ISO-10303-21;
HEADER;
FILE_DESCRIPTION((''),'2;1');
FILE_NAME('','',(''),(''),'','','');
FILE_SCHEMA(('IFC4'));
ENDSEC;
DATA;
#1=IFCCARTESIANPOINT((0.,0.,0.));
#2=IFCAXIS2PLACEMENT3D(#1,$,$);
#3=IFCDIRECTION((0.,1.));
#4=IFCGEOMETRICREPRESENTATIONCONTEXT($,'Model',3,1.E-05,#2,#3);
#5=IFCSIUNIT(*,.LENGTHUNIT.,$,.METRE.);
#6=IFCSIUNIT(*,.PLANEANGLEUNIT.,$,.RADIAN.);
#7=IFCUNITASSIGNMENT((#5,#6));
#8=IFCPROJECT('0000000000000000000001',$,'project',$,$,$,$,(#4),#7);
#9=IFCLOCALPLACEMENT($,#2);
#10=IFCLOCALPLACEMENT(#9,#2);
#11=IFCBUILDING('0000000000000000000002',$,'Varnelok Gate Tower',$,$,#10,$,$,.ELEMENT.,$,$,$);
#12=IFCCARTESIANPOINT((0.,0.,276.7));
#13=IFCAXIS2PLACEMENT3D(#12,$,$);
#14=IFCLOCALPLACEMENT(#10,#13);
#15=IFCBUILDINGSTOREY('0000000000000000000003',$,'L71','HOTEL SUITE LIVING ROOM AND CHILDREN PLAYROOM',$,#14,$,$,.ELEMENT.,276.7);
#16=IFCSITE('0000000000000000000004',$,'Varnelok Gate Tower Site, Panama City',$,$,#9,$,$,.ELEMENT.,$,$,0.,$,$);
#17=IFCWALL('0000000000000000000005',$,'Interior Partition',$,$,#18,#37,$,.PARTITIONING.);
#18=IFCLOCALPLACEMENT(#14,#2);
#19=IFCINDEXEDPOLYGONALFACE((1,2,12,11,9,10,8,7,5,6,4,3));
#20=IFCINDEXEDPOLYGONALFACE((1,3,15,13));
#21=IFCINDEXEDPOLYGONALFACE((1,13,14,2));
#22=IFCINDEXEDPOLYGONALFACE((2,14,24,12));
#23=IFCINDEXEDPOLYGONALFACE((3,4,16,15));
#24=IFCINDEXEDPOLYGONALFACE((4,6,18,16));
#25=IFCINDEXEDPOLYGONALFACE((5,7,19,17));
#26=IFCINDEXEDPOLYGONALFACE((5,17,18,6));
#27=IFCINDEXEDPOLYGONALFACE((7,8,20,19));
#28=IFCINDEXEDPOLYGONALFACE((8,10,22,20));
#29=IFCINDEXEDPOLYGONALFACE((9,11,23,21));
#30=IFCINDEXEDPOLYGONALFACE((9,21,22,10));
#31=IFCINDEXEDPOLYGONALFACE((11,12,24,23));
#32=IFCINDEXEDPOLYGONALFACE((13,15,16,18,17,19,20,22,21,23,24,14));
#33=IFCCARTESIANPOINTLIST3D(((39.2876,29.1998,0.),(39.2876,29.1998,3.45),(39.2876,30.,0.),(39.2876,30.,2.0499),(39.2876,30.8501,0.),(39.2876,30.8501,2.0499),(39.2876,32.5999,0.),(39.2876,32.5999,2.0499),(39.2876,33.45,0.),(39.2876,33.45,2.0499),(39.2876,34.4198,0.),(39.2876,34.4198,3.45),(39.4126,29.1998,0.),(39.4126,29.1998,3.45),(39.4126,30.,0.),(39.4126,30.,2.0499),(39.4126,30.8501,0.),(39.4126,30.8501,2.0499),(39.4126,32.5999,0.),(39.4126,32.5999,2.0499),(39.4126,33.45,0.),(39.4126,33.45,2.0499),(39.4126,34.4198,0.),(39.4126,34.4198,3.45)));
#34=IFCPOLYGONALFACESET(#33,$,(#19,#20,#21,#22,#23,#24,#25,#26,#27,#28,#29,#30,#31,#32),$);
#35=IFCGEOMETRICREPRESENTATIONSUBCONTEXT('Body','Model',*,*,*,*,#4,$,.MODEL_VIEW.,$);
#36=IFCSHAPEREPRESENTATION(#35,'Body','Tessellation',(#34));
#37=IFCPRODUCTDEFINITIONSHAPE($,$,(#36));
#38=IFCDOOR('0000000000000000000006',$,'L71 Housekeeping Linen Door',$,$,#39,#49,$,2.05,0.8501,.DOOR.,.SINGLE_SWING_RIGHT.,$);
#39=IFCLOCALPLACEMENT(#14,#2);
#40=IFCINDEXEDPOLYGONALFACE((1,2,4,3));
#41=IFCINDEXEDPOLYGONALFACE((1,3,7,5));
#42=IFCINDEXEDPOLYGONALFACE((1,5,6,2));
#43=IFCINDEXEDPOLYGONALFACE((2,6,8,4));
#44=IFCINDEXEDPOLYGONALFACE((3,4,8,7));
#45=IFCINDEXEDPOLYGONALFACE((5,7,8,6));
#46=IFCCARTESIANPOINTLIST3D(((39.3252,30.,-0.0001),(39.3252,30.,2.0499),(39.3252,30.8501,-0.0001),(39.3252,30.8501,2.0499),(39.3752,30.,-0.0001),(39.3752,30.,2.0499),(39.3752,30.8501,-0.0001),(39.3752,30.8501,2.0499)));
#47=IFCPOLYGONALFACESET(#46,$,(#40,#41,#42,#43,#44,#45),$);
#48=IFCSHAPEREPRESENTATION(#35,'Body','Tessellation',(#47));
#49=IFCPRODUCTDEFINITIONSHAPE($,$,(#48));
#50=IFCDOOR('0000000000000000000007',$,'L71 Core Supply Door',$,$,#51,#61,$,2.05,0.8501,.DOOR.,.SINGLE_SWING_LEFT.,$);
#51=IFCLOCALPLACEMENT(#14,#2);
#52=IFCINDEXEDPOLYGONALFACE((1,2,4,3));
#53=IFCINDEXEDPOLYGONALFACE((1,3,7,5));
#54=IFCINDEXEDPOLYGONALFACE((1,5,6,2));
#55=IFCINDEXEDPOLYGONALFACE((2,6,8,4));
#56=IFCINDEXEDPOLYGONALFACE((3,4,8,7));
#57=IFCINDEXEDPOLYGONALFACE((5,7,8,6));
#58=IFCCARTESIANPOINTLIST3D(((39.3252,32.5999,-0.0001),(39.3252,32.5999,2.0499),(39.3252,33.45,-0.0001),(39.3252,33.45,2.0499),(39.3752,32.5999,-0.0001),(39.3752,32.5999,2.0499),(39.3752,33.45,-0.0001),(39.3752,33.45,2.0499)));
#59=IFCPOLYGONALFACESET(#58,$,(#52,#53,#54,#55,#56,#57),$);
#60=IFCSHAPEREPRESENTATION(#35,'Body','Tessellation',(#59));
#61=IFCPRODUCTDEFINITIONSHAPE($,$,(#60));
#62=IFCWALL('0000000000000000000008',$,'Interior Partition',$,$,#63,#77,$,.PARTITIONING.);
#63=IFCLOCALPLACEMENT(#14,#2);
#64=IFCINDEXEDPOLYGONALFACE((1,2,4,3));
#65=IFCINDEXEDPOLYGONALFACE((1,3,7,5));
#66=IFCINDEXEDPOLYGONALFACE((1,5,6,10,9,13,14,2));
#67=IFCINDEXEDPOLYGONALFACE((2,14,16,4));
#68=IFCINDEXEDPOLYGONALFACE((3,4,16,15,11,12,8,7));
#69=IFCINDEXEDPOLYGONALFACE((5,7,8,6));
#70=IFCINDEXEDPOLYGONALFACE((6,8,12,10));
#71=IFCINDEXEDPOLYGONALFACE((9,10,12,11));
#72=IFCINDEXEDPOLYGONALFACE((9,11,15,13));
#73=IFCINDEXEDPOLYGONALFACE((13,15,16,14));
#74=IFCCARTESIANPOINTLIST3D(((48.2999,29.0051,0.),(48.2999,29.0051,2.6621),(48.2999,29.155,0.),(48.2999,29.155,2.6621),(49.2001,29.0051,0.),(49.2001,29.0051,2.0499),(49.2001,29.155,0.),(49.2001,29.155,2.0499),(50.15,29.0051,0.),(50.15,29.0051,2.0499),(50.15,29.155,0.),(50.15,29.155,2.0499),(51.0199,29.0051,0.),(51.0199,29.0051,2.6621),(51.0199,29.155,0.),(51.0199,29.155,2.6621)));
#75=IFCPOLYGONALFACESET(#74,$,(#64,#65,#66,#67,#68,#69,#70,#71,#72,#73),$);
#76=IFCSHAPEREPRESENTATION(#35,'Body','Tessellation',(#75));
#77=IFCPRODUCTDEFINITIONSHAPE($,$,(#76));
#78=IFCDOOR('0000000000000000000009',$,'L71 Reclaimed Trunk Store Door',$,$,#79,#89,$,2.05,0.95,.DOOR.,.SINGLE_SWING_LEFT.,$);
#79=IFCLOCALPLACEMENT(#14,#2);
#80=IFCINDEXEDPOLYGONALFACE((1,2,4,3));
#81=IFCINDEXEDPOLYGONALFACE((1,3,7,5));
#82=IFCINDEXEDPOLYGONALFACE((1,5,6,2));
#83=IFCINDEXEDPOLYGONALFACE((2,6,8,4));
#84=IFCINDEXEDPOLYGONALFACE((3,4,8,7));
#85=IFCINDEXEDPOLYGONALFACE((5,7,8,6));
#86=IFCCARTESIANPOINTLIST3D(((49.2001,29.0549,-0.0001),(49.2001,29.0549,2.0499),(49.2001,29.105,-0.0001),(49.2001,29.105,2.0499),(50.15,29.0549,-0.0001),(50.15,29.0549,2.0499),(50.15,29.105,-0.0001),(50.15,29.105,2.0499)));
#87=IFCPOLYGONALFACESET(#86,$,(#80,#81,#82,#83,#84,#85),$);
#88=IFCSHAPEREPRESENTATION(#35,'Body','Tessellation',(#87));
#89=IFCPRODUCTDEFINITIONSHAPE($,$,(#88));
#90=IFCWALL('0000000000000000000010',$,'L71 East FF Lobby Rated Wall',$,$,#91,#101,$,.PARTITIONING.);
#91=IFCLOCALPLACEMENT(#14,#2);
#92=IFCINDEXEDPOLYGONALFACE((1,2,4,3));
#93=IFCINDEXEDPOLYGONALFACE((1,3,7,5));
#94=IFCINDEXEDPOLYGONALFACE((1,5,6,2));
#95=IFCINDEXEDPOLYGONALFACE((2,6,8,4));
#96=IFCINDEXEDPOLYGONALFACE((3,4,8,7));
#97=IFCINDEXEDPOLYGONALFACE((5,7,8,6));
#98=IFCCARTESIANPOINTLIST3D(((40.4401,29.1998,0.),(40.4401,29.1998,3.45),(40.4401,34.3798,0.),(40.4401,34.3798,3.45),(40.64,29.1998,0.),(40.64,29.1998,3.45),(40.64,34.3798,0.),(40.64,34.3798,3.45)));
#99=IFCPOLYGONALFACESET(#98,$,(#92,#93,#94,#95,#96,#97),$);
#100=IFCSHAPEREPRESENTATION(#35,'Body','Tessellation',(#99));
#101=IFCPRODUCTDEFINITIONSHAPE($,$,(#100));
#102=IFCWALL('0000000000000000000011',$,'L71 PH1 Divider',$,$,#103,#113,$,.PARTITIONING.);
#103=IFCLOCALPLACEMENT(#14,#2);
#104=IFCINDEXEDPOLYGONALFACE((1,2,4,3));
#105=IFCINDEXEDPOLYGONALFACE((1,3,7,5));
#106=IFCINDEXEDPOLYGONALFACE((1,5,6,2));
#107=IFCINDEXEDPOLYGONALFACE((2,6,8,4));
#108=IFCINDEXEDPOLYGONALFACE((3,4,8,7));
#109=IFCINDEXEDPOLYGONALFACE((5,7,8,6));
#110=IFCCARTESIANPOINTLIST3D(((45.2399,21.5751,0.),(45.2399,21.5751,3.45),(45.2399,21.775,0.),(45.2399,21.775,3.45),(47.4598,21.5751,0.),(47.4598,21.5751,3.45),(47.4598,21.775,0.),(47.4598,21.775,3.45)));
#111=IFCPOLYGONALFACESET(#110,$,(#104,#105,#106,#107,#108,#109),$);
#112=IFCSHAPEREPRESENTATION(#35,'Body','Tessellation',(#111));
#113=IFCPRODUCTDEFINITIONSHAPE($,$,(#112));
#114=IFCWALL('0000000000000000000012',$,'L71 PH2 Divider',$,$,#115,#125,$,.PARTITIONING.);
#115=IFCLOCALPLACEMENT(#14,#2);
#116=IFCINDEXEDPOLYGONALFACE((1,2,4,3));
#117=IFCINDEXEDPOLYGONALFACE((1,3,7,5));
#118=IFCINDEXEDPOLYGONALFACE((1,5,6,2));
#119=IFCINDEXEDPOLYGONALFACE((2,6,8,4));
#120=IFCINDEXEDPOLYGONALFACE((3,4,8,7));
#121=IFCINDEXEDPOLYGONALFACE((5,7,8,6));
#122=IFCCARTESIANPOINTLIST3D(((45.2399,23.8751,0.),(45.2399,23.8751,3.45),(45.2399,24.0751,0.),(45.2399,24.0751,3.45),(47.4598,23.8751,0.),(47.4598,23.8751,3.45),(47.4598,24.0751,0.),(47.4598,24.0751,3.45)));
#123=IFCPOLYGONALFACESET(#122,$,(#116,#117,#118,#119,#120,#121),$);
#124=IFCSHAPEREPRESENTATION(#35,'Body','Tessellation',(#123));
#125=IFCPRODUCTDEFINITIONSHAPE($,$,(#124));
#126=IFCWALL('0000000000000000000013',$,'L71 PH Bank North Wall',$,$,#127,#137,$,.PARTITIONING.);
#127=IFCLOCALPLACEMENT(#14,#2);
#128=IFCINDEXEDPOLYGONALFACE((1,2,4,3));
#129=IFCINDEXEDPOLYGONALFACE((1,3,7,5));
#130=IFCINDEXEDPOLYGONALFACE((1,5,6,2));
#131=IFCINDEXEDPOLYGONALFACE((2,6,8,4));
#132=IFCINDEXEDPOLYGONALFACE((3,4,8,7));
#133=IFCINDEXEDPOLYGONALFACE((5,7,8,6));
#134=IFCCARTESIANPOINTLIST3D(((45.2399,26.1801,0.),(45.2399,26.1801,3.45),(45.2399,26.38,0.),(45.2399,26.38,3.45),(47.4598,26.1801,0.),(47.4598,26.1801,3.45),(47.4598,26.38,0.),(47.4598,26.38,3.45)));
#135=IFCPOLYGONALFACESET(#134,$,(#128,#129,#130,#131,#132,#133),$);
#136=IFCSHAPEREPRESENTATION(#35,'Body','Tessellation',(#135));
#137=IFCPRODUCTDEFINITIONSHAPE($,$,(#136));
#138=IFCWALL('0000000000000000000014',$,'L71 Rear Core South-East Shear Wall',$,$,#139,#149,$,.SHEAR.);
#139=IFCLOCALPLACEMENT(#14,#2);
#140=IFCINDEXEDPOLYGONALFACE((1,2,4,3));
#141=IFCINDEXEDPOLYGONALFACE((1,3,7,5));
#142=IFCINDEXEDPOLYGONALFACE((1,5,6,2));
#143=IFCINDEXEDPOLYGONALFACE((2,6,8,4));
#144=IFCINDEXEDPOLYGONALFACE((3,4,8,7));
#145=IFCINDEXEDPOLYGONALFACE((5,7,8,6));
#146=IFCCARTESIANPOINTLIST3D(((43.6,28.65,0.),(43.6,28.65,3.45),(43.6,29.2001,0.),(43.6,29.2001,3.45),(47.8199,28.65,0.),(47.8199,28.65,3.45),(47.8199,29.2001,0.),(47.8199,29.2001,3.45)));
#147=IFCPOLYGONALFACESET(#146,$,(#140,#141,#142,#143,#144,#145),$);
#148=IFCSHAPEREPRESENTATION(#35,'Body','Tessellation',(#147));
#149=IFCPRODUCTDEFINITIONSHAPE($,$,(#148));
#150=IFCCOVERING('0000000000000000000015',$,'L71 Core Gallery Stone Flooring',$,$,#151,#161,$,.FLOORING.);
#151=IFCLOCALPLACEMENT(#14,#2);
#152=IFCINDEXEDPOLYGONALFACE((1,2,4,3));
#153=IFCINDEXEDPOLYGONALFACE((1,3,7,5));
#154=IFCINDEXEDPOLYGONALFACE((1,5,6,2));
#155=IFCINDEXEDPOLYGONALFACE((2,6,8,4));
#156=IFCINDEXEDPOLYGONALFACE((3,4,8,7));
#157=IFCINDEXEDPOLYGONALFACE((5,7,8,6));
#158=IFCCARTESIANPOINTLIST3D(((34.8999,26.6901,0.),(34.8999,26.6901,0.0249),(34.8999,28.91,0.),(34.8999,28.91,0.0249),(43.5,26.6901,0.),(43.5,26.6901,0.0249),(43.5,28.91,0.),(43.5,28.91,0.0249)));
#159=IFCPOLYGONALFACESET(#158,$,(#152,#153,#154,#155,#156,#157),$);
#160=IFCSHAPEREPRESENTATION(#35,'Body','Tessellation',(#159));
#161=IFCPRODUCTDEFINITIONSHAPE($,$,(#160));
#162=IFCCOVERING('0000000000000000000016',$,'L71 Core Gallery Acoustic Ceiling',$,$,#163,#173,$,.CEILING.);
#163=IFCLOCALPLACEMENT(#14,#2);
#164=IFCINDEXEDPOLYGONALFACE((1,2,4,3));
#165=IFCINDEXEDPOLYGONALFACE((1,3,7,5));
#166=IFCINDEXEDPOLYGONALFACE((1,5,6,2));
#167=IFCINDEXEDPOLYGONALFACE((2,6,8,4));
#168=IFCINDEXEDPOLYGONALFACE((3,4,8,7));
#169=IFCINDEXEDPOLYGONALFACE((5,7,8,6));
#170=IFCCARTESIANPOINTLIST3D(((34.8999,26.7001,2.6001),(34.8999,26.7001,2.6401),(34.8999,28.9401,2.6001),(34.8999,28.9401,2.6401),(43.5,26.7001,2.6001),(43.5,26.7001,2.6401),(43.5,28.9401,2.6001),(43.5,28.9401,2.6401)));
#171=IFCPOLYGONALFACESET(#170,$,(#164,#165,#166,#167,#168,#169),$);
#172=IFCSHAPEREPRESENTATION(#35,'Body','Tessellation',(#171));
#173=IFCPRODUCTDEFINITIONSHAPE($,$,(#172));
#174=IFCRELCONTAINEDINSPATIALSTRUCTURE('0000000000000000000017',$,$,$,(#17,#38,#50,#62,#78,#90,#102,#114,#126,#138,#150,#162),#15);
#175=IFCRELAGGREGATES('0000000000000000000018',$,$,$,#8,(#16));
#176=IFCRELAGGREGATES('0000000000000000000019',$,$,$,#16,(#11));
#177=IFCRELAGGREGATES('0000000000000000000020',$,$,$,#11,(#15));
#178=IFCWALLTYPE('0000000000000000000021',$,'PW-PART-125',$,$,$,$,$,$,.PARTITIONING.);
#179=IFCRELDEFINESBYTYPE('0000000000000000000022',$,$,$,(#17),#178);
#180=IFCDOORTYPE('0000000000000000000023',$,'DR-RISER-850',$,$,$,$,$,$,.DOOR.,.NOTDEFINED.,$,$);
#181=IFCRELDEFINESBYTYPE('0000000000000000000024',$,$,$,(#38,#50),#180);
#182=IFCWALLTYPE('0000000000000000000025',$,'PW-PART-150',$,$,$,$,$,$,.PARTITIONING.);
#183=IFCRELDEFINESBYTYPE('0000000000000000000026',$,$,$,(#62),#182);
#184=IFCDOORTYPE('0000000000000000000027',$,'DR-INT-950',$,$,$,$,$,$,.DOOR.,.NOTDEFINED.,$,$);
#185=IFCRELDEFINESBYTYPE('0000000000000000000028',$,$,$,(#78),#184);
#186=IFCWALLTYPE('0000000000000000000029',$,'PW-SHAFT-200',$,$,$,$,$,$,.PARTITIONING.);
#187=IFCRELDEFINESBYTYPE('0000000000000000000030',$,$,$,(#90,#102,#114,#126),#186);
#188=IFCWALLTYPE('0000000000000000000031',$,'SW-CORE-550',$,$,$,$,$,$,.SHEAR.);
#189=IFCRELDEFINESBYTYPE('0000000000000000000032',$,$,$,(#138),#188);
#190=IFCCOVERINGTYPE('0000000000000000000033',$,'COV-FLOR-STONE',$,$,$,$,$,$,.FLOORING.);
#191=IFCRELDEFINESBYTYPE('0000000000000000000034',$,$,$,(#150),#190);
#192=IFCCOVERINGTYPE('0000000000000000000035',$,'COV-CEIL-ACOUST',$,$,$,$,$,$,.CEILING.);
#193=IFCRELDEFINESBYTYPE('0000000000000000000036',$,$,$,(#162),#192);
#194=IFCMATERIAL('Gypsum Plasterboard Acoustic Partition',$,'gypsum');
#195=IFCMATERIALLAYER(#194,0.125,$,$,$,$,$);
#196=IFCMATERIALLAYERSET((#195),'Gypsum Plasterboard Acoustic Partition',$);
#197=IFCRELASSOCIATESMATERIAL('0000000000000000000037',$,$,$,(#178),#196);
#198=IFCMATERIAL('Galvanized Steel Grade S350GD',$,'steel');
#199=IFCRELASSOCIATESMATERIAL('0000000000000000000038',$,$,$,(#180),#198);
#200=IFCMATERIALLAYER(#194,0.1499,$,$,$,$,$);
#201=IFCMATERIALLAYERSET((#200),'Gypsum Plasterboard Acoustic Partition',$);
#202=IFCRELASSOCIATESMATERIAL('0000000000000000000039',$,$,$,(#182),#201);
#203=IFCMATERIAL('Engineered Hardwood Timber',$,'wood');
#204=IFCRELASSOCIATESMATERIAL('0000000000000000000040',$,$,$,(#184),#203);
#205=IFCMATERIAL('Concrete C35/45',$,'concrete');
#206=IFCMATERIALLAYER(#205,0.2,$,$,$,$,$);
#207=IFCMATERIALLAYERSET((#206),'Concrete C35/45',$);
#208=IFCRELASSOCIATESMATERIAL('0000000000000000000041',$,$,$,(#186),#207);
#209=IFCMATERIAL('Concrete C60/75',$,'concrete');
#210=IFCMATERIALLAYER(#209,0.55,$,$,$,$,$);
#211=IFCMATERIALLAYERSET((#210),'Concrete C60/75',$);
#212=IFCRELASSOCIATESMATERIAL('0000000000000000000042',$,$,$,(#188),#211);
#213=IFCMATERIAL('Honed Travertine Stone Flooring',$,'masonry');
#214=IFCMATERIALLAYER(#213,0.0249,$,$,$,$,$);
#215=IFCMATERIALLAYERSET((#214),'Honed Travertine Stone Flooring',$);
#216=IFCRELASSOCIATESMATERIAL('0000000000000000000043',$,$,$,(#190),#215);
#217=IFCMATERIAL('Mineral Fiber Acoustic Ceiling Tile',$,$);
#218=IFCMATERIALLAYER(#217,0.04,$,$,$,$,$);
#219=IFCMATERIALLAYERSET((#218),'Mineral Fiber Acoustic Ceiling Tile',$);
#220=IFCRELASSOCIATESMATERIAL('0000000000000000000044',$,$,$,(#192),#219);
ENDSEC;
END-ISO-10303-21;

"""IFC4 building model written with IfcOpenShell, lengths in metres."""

from ifc_helpers import new_model, si_unit, direction, frame, frame_2d, origin, origin_2d, place, context, subcontext, project, spatial, rectangle, extrude, source, transform, mapped, material, layer, layer_set, type_object, element, fill, save


model = new_model("IFC4")

# Units and contexts
model_context = context("Model", 3, precision=1e-05, world=origin(), true_north=direction((0.0, 1.0)))
body_context = subcontext(model_context, "Body", "Model", "MODEL_VIEW")
ifc_project = project(units=[si_unit("LENGTHUNIT", "METRE"), si_unit("PLANEANGLEUNIT", "RADIAN")], contexts=[model_context])

# Site, building, storey
site_placement = place(None, origin())
site = spatial("IfcSite", under=ifc_project, at=site_placement, Name="Varnelok Gate Tower Site, Panama City", CompositionType="ELEMENT", RefElevation=0.0)
building_placement = place(site_placement, origin())
building = spatial("IfcBuilding", under=site, at=building_placement, Name="Varnelok Gate Tower", CompositionType="ELEMENT")
storey_placement = place(building_placement, frame((0.0, 0.0, 276.7)))
storey = spatial("IfcBuildingStorey", under=building, at=storey_placement, Name="L71", Description="HOTEL SUITE LIVING ROOM AND CHILDREN PLAYROOM", CompositionType="ELEMENT", Elevation=276.7)

# Wall, openings, doors
ifc_material_1 = material(Name="Gypsum Plasterboard Acoustic Partition", Category="gypsum")
ifc_layer_1 = layer(ifc_material_1, 0.125)
ifc_layer_set_1 = layer_set([ifc_layer_1], Name="Gypsum Plasterboard Acoustic Partition")
wall_type_1 = type_object("IfcWallType", Name="PW-PART-125", PredefinedType="PARTITIONING", material=ifc_layer_set_1)
wall_1_placement = place(storey_placement, frame((39.3501, 29.2, 0.0), z_axis=(0.0, 0.0, 1.0), x_axis=(0.0, 1.0, 0.0)))
wall_1 = element("IfcWall", 1, at=wall_1_placement, inside=storey, type_object=wall_type_1, Name="Interior Partition", PredefinedType="PARTITIONING", context=body_context, shape_type="SweptSolid", body=[
    extrude(rectangle(XDim=5.22, YDim=0.125, at=frame_2d((2.6099, 0.0))), origin(), (0.0, 0.0, 1.0), 3.45),
])
opening_1_placement = place(wall_1_placement, frame((0.8, 0.0, 0.0)))
opening_1 = element("IfcOpeningElement", 2, at=opening_1_placement, cuts=wall_1, PredefinedType="OPENING", context=body_context, shape_type="SweptSolid", body=[
    extrude(rectangle(XDim=0.8501, YDim=2.05, at=frame_2d((0.425, 1.0249))), frame((0.0, 0.0725, 0.0), z_axis=(0.0, -1.0, 0.0), x_axis=(1.0, 0.0, 0.0)), (0.0, 0.0, 1.0), 0.145),
])
opening_2_placement = place(wall_1_placement, frame((3.3999, 0.0, 0.0)))
opening_2 = element("IfcOpeningElement", 3, at=opening_2_placement, cuts=wall_1, PredefinedType="OPENING", context=body_context, shape_type="SweptSolid", body=[
    extrude(rectangle(XDim=0.8501, YDim=2.05, at=frame_2d((0.425, 1.0249))), frame((0.0, 0.0725, 0.0), z_axis=(0.0, -1.0, 0.0), x_axis=(1.0, 0.0, 0.0)), (0.0, 0.0, 1.0), 0.145),
])
ifc_material_2 = material(Name="Galvanized Steel Grade S350GD", Category="steel")
door_type_1 = type_object("IfcDoorType", Name="DR-RISER-850", OperationType="NOTDEFINED", PredefinedType="DOOR", material=ifc_material_2)
door_1_placement = place(opening_1_placement, origin())
door_1 = element("IfcDoor", 4, at=door_1_placement, inside=storey, type_object=door_type_1, Name="L71 Housekeeping Linen Door", OperationType="SINGLE_SWING_RIGHT", OverallHeight=2.05, OverallWidth=0.8501, PredefinedType="DOOR", context=body_context, shape_type="SweptSolid", body=[
    extrude(rectangle(XDim=0.8501, YDim=2.05, at=frame_2d((0.425, 1.0249))), frame((0.0, 0.0249, 0.0), z_axis=(0.0, -1.0, 0.0), x_axis=(1.0, 0.0, 0.0)), (0.0, 0.0, 1.0), 0.05),
])
fill(opening_1, door_1)
door_2_placement = place(opening_2_placement, origin())
door_2 = element("IfcDoor", 5, at=door_2_placement, inside=storey, type_object=door_type_1, Name="L71 Core Supply Door", OperationType="SINGLE_SWING_LEFT", OverallHeight=2.05, OverallWidth=0.8501, PredefinedType="DOOR", context=body_context, shape_type="SweptSolid", body=[
    extrude(rectangle(XDim=0.8501, YDim=2.05, at=frame_2d((0.425, 1.0249))), frame((0.0, 0.0249, 0.0), z_axis=(0.0, -1.0, 0.0), x_axis=(1.0, 0.0, 0.0)), (0.0, 0.0, 1.0), 0.05),
])
fill(opening_2, door_2)

# Wall, opening, door
ifc_layer_2 = layer(ifc_material_1, 0.1499)
ifc_layer_set_2 = layer_set([ifc_layer_2], Name="Gypsum Plasterboard Acoustic Partition")
wall_type_2 = type_object("IfcWallType", Name="PW-PART-150", PredefinedType="PARTITIONING", material=ifc_layer_set_2)
wall_2_placement = place(storey_placement, frame((48.3, 29.0801, 0.0), z_axis=(0.0, 0.0, 1.0), x_axis=(1.0, 0.0, 0.0)))
wall_2 = element("IfcWall", 6, at=wall_2_placement, inside=storey, type_object=wall_type_2, Name="Interior Partition", PredefinedType="PARTITIONING", context=body_context, shape_type="SweptSolid", body=[
    extrude(rectangle(XDim=2.72, YDim=0.1499, at=frame_2d((1.3599, 0.0))), origin(), (0.0, 0.0, 1.0), 2.6621),
])
opening_3_placement = place(wall_2_placement, frame((0.8999, 0.0, 0.0)))
opening_3 = element("IfcOpeningElement", 7, at=opening_3_placement, cuts=wall_2, PredefinedType="OPENING", context=body_context, shape_type="SweptSolid", body=[
    extrude(rectangle(XDim=0.95, YDim=2.05, at=frame_2d((0.4751, 1.0249))), frame((0.0, 0.085, 0.0), z_axis=(0.0, -1.0, 0.0), x_axis=(1.0, 0.0, 0.0)), (0.0, 0.0, 1.0), 0.1699),
])
ifc_material_3 = material(Name="Engineered Hardwood Timber", Category="wood")
door_type_2 = type_object("IfcDoorType", Name="DR-INT-950", OperationType="NOTDEFINED", PredefinedType="DOOR", material=ifc_material_3)
door_3_placement = place(opening_3_placement, origin())
door_3 = element("IfcDoor", 8, at=door_3_placement, inside=storey, type_object=door_type_2, Name="L71 Reclaimed Trunk Store Door", OperationType="SINGLE_SWING_LEFT", OverallHeight=2.05, OverallWidth=0.95, PredefinedType="DOOR", context=body_context, shape_type="SweptSolid", body=[
    extrude(rectangle(XDim=0.95, YDim=2.05, at=frame_2d((0.4751, 1.0249))), frame((0.0, 0.0249, 0.0), z_axis=(0.0, -1.0, 0.0), x_axis=(1.0, 0.0, 0.0)), (0.0, 0.0, 1.0), 0.05),
])
fill(opening_3, door_3)

# Walls
ifc_material_4 = material(Name="Concrete C35/45", Category="concrete")
ifc_layer_3 = layer(ifc_material_4, 0.2)
ifc_layer_set_3 = layer_set([ifc_layer_3], Name="Concrete C35/45")
wall_type_3 = type_object("IfcWallType", Name="PW-SHAFT-200", PredefinedType="PARTITIONING", material=ifc_layer_set_3)
wall_3_placement = place(storey_placement, frame((40.54, 29.2, 0.0), z_axis=(0.0, 0.0, 1.0), x_axis=(0.0, 1.0, 0.0)))
element("IfcWall", 9, at=wall_3_placement, inside=storey, type_object=wall_type_3, Name="L71 East FF Lobby Rated Wall", PredefinedType="PARTITIONING", context=body_context, shape_type="SweptSolid", body=[
    extrude(rectangle(XDim=5.1799, YDim=0.2, at=frame_2d((2.5898, 0.0))), origin(), (0.0, 0.0, 1.0), 3.45),
])
for number, where, z_axis, x_axis, name in (
    (10, (45.24, 21.675, 0.0), (0.0, 0.0, 1.0), (1.0, 0.0, 0.0), "L71 PH1 Divider"),
    (11, (45.24, 23.9751, 0.0), (0.0, 0.0, 1.0), (1.0, 0.0, 0.0), "L71 PH2 Divider"),
    (12, (45.24, 26.28, 0.0), (0.0, 0.0, 1.0), (1.0, 0.0, 0.0), "L71 PH Bank North Wall"),
):
    element("IfcWall", number, at=place(storey_placement, frame(where, z_axis=z_axis, x_axis=x_axis)), inside=storey, type_object=wall_type_3, Name=name, PredefinedType="PARTITIONING", context=body_context, shape_type="SweptSolid", body=[
        extrude(rectangle(XDim=2.22, YDim=0.2, at=frame_2d((1.1099, 0.0))), origin(), (0.0, 0.0, 1.0), 3.45),
    ])

# Wall
ifc_material_5 = material(Name="Concrete C60/75", Category="concrete")
ifc_layer_4 = layer(ifc_material_5, 0.55)
ifc_layer_set_4 = layer_set([ifc_layer_4], Name="Concrete C60/75")
wall_type_4 = type_object("IfcWallType", Name="SW-CORE-550", PredefinedType="SHEAR", material=ifc_layer_set_4)
wall_4_placement = place(storey_placement, frame((43.6001, 28.925, 0.0), z_axis=(0.0, 0.0, 1.0), x_axis=(1.0, 0.0, 0.0)))
element("IfcWall", 13, at=wall_4_placement, inside=storey, type_object=wall_type_4, Name="L71 Rear Core South-East Shear Wall", PredefinedType="SHEAR", context=body_context, shape_type="SweptSolid", body=[
    extrude(rectangle(XDim=4.22, YDim=0.55, at=frame_2d((2.1099, 0.0))), origin(), (0.0, 0.0, 1.0), 3.45),
])

# Coverings
ifc_material_6 = material(Name="Honed Travertine Stone Flooring", Category="masonry")
ifc_layer_5 = layer(ifc_material_6, 0.0249)
ifc_layer_set_5 = layer_set([ifc_layer_5], Name="Honed Travertine Stone Flooring")
covering_type_1 = type_object("IfcCoveringType", Name="COV-FLOR-STONE", PredefinedType="FLOORING", material=ifc_layer_set_5)
shared_shape_1 = source(origin(), body_context, "Body", "SweptSolid", [
    extrude(rectangle(XDim=8.6001, YDim=2.22, at=origin_2d()), origin(), (0.0, 0.0, 1.0), 0.0249),
])
covering_1_placement = place(storey_placement, frame((39.2, 27.8, 0.0), z_axis=(0.0, 0.0, 1.0), x_axis=(1.0, 0.0, 0.0)))
element("IfcCovering", 14, at=covering_1_placement, inside=storey, type_object=covering_type_1, Name="L71 Core Gallery Stone Flooring", PredefinedType="FLOORING", context=body_context, shape_type="MappedRepresentation", body=[
    mapped(shared_shape_1, transform((0.0, 0.0, 0.0), scale=1.0)),
])
ifc_material_7 = material(Name="Mineral Fiber Acoustic Ceiling Tile")
ifc_layer_6 = layer(ifc_material_7, 0.04)
ifc_layer_set_6 = layer_set([ifc_layer_6], Name="Mineral Fiber Acoustic Ceiling Tile")
covering_type_2 = type_object("IfcCoveringType", Name="COV-CEIL-ACOUST", PredefinedType="CEILING", material=ifc_layer_set_6)
shared_shape_2 = source(origin(), body_context, "Body", "SweptSolid", [
    extrude(rectangle(XDim=8.6001, YDim=2.24, at=origin_2d()), origin(), (0.0, 0.0, 1.0), 0.04),
])
covering_2_placement = place(storey_placement, frame((39.2, 27.8201, 2.6001), z_axis=(0.0, 0.0, 1.0), x_axis=(1.0, 0.0, 0.0)))
element("IfcCovering", 15, at=covering_2_placement, inside=storey, type_object=covering_type_2, Name="L71 Core Gallery Acoustic Ceiling", PredefinedType="CEILING", context=body_context, shape_type="MappedRepresentation", body=[
    mapped(shared_shape_2, transform((0.0, 0.0, 0.0), scale=1.0)),
])

save(model, "model.ifc")
